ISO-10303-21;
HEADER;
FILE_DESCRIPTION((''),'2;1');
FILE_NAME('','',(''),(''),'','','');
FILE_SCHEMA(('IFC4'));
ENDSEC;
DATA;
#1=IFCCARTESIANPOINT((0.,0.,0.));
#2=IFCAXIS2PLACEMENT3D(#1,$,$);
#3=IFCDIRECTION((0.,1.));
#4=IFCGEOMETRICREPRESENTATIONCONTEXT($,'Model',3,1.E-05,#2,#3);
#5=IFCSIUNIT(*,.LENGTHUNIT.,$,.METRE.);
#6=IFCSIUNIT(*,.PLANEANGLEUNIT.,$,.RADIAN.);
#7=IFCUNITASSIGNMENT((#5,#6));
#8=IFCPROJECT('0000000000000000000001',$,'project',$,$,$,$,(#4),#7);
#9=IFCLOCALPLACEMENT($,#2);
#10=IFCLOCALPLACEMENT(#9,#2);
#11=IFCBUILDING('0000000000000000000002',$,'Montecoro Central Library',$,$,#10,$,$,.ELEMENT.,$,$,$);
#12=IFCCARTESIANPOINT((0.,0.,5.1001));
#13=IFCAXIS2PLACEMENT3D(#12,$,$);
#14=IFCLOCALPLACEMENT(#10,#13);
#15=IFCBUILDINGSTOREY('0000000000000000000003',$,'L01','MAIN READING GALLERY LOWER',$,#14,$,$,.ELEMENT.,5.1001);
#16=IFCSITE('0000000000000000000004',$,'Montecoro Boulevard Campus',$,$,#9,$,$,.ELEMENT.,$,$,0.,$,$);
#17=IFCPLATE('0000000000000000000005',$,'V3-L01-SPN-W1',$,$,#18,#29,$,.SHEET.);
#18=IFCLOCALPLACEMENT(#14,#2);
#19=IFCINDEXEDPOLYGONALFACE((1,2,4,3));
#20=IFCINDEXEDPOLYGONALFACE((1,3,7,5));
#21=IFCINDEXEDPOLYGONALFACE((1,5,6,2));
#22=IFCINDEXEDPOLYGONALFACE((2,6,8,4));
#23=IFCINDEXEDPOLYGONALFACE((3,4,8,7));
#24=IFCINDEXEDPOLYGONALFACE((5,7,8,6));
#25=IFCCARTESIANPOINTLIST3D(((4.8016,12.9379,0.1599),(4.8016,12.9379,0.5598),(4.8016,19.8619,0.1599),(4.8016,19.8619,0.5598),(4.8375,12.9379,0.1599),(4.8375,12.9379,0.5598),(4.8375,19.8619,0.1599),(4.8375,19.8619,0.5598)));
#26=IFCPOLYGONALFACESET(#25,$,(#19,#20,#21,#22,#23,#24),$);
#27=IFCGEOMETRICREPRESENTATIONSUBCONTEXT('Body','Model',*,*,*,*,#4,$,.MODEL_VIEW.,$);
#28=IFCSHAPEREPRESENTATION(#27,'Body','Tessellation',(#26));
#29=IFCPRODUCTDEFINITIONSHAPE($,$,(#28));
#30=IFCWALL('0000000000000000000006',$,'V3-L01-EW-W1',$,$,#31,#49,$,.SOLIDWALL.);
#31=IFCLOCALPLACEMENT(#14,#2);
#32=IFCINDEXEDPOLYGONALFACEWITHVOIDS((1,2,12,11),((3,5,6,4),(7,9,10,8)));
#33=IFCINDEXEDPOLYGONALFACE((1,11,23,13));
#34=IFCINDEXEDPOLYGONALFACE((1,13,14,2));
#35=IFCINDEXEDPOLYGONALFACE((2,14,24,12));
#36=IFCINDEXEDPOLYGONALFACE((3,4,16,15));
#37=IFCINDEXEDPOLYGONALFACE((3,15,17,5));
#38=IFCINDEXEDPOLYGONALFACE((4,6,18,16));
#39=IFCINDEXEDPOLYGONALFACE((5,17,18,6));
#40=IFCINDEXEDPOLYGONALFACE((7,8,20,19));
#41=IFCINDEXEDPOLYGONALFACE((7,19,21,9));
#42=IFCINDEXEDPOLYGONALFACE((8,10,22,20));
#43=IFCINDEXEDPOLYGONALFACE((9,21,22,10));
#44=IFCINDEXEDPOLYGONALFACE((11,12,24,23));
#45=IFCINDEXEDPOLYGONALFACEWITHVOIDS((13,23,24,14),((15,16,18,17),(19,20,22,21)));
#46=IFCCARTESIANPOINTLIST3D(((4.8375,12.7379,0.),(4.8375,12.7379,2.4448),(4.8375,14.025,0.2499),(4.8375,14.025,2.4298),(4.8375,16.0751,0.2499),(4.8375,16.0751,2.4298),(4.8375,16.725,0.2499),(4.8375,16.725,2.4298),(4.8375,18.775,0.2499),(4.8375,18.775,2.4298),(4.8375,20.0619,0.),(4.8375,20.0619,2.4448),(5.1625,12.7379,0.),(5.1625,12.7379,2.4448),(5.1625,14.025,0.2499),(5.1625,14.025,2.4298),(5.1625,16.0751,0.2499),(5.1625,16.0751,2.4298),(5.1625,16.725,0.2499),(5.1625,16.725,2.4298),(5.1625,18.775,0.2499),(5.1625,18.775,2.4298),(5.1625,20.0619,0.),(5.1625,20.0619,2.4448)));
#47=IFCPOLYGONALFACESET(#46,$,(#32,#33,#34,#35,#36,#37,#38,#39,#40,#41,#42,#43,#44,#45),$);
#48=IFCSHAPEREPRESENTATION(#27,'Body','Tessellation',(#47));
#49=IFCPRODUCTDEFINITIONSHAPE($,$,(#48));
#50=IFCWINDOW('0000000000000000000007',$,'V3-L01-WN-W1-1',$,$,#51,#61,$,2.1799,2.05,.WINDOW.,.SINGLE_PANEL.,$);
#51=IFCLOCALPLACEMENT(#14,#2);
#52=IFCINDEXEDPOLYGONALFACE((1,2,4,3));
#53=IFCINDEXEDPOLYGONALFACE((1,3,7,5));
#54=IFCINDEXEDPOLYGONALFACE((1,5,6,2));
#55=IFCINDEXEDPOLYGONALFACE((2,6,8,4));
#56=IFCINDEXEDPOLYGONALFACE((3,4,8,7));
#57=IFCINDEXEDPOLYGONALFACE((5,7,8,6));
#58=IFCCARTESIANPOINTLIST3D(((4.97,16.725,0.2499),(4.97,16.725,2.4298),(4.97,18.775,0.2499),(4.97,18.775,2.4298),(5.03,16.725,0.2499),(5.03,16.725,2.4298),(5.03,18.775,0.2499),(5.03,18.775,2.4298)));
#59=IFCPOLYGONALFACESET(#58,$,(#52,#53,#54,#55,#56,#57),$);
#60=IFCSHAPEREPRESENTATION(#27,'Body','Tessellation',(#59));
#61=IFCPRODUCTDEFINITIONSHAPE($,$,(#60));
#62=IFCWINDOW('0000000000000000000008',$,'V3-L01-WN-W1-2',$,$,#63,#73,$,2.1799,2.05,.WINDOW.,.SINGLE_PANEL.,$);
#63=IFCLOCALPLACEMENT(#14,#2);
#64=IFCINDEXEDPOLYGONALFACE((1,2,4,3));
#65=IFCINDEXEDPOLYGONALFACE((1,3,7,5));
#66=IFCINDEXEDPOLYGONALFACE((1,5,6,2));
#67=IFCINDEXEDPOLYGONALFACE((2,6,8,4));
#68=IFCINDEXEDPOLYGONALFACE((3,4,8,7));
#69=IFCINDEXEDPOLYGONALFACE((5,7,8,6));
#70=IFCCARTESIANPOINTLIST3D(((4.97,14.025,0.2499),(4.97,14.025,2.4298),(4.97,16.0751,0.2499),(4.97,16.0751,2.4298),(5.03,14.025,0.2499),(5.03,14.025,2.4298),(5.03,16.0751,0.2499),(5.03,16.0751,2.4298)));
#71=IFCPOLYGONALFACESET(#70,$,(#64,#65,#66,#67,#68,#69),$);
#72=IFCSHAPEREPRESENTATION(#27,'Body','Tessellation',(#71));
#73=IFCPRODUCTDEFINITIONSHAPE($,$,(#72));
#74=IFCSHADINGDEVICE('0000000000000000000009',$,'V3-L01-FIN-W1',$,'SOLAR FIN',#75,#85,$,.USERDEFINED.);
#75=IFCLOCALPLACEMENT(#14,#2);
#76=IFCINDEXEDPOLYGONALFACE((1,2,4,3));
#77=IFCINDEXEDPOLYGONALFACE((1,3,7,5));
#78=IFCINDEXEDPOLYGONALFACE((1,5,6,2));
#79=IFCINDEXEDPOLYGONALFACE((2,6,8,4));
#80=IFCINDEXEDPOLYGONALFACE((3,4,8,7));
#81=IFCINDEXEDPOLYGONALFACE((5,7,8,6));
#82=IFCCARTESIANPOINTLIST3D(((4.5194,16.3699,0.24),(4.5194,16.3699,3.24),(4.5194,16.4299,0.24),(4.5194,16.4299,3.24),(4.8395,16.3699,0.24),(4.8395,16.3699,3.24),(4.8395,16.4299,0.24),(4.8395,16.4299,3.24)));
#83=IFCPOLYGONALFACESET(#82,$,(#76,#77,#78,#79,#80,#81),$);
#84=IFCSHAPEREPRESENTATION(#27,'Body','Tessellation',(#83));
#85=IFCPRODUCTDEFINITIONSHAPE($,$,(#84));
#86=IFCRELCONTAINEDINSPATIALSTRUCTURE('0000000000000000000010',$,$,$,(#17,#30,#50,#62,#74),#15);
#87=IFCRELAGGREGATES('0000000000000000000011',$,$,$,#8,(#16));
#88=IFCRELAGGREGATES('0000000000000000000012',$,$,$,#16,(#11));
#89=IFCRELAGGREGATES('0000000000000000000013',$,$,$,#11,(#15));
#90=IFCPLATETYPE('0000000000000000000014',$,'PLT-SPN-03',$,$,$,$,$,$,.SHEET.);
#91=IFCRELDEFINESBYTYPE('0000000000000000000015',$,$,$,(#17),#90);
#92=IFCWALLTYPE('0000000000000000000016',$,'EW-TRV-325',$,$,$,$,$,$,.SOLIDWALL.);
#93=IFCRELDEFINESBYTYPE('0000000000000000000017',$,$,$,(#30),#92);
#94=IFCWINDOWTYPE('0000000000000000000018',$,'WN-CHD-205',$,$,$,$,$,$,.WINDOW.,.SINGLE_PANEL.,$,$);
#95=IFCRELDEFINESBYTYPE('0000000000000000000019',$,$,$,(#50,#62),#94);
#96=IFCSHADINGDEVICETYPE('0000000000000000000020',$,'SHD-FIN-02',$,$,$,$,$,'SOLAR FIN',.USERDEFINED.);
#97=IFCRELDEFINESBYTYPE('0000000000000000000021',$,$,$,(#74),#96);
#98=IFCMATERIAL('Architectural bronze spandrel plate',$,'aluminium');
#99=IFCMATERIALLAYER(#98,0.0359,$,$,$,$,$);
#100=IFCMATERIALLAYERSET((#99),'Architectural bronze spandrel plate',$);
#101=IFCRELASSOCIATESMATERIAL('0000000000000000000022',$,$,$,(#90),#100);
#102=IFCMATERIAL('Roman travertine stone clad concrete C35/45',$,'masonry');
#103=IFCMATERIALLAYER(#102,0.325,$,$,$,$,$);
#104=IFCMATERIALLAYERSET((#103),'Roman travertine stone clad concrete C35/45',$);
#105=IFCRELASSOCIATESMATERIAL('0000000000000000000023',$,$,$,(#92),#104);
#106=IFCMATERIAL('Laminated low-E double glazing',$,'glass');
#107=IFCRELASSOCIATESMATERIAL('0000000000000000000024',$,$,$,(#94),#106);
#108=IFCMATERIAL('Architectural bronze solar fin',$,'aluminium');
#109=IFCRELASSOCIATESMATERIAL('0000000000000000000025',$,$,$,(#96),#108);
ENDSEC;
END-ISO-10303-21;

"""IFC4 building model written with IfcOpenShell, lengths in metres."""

from ifc_helpers import new_model, si_unit, direction, frame, frame_2d, origin, origin_2d, place, context, subcontext, project, spatial, rectangle, extrude, material, layer, layer_set, type_object, element, fill, save


model = new_model("IFC4")

# Units and contexts
model_context = context("Model", 3, precision=1e-05, world=origin(), true_north=direction((0.0, 1.0)))
body_context = subcontext(model_context, "Body", "Model", "MODEL_VIEW")
ifc_project = project(units=[si_unit("LENGTHUNIT", "METRE"), si_unit("PLANEANGLEUNIT", "RADIAN")], contexts=[model_context])

# Site, building, storey
site_placement = place(None, origin())
site = spatial("IfcSite", under=ifc_project, at=site_placement, Name="Montecoro Boulevard Campus", CompositionType="ELEMENT", RefElevation=0.0)
building_placement = place(site_placement, origin())
building = spatial("IfcBuilding", under=site, at=building_placement, Name="Montecoro Central Library", CompositionType="ELEMENT")
storey_placement = place(building_placement, frame((0.0, 0.0, 5.1001)))
storey = spatial("IfcBuildingStorey", under=building, at=storey_placement, Name="L01", Description="MAIN READING GALLERY LOWER", CompositionType="ELEMENT", Elevation=5.1001)

# Shared definitions
ifc_material_1 = material(Name="Laminated low-E double glazing", Category="glass")

# Plate
ifc_material_2 = material(Name="Architectural bronze spandrel plate", Category="aluminium")
ifc_layer_1 = layer(ifc_material_2, 0.0359)
ifc_layer_set_1 = layer_set([ifc_layer_1], Name="Architectural bronze spandrel plate")
plate_type_1 = type_object("IfcPlateType", Name="PLT-SPN-03", PredefinedType="SHEET", material=ifc_layer_set_1)
plate_1_placement = place(storey_placement, frame((4.8196, 16.3999, 0.1599), z_axis=(0.0, 0.0, 1.0), x_axis=(0.0, -1.0, 0.0)))
element("IfcPlate", 1, at=plate_1_placement, inside=storey, type_object=plate_type_1, Name="V3-L01-SPN-W1", PredefinedType="SHEET", context=body_context, shape_type="SweptSolid", body=[
    extrude(rectangle(XDim=6.9241, YDim=0.0359, at=origin_2d()), origin(), (0.0, 0.0, 1.0), 0.3999),
])

# Wall, openings, windows
ifc_material_3 = material(Name="Roman travertine stone clad concrete C35/45", Category="masonry")
ifc_layer_2 = layer(ifc_material_3, 0.325)
ifc_layer_set_2 = layer_set([ifc_layer_2], Name="Roman travertine stone clad concrete C35/45")
wall_type = type_object("IfcWallType", Name="EW-TRV-325", PredefinedType="SOLIDWALL", material=ifc_layer_set_2)
wall_placement = place(storey_placement, frame((5.0, 20.062, 0.0), z_axis=(0.0, 0.0, 1.0), x_axis=(0.0, -1.0, 0.0)))
wall = element("IfcWall", 2, at=wall_placement, inside=storey, type_object=wall_type, Name="V3-L01-EW-W1", PredefinedType="SOLIDWALL", context=body_context, shape_type="SweptSolid", body=[
    extrude(rectangle(XDim=7.324, YDim=0.325, at=frame_2d((3.6621, 0.0))), origin(), (0.0, 0.0, 1.0), 2.4448),
])
opening_1_placement = place(wall_placement, frame((1.2871, 0.0, 0.25)))
opening_1 = element("IfcOpeningElement", 3, at=opening_1_placement, cuts=wall, PredefinedType="OPENING", context=body_context, shape_type="SweptSolid", body=[
    extrude(rectangle(XDim=2.05, YDim=2.1799, at=frame_2d((1.0249, 1.0898))), frame((0.0, 0.1724, 0.0), z_axis=(0.0, -1.0, 0.0), x_axis=(1.0, 0.0, 0.0)), (0.0, 0.0, 1.0), 0.345),
])
opening_2_placement = place(wall_placement, frame((3.9871, 0.0, 0.25)))
opening_2 = element("IfcOpeningElement", 4, at=opening_2_placement, cuts=wall, PredefinedType="OPENING", context=body_context, shape_type="SweptSolid", body=[
    extrude(rectangle(XDim=2.05, YDim=2.1799, at=frame_2d((1.0249, 1.0898))), frame((0.0, 0.1724, 0.0), z_axis=(0.0, -1.0, 0.0), x_axis=(1.0, 0.0, 0.0)), (0.0, 0.0, 1.0), 0.345),
])
window_type = type_object("IfcWindowType", Name="WN-CHD-205", PartitioningType="SINGLE_PANEL", PredefinedType="WINDOW", material=ifc_material_1)
window_1_placement = place(opening_1_placement, origin())
window_1 = element("IfcWindow", 5, at=window_1_placement, inside=storey, type_object=window_type, Name="V3-L01-WN-W1-1", OverallHeight=2.1799, OverallWidth=2.05, PartitioningType="SINGLE_PANEL", PredefinedType="WINDOW", context=body_context, shape_type="SweptSolid", body=[
    extrude(rectangle(XDim=2.05, YDim=2.1799, at=frame_2d((1.0249, 1.0898))), frame((0.0, 0.03, 0.0), z_axis=(0.0, -1.0, 0.0), x_axis=(1.0, 0.0, 0.0)), (0.0, 0.0, 1.0), 0.0601),
])
fill(opening_1, window_1)
window_2_placement = place(opening_2_placement, origin())
window_2 = element("IfcWindow", 6, at=window_2_placement, inside=storey, type_object=window_type, Name="V3-L01-WN-W1-2", OverallHeight=2.1799, OverallWidth=2.05, PartitioningType="SINGLE_PANEL", PredefinedType="WINDOW", context=body_context, shape_type="SweptSolid", body=[
    extrude(rectangle(XDim=2.05, YDim=2.1799, at=frame_2d((1.0249, 1.0898))), frame((0.0, 0.03, 0.0), z_axis=(0.0, -1.0, 0.0), x_axis=(1.0, 0.0, 0.0)), (0.0, 0.0, 1.0), 0.0601),
])
fill(opening_2, window_2)

# Shading device
ifc_material_4 = material(Name="Architectural bronze solar fin", Category="aluminium")
shading_device_type = type_object("IfcShadingDeviceType", Name="SHD-FIN-02", ElementType="SOLAR FIN", PredefinedType="USERDEFINED", material=ifc_material_4)
shading_device_placement = place(storey_placement, frame((4.6794, 16.3999, 0.24), z_axis=(0.0, 0.0, 1.0), x_axis=(0.0, -1.0, 0.0)))
element("IfcShadingDevice", 7, at=shading_device_placement, inside=storey, type_object=shading_device_type, Name="V3-L01-FIN-W1", ObjectType="SOLAR FIN", PredefinedType="USERDEFINED", context=body_context, shape_type="SweptSolid", body=[
    extrude(rectangle(XDim=0.0601, YDim=0.3201, at=origin_2d()), origin(), (0.0, 0.0, 1.0), 3.0),
])

save(model, "model.ifc")
